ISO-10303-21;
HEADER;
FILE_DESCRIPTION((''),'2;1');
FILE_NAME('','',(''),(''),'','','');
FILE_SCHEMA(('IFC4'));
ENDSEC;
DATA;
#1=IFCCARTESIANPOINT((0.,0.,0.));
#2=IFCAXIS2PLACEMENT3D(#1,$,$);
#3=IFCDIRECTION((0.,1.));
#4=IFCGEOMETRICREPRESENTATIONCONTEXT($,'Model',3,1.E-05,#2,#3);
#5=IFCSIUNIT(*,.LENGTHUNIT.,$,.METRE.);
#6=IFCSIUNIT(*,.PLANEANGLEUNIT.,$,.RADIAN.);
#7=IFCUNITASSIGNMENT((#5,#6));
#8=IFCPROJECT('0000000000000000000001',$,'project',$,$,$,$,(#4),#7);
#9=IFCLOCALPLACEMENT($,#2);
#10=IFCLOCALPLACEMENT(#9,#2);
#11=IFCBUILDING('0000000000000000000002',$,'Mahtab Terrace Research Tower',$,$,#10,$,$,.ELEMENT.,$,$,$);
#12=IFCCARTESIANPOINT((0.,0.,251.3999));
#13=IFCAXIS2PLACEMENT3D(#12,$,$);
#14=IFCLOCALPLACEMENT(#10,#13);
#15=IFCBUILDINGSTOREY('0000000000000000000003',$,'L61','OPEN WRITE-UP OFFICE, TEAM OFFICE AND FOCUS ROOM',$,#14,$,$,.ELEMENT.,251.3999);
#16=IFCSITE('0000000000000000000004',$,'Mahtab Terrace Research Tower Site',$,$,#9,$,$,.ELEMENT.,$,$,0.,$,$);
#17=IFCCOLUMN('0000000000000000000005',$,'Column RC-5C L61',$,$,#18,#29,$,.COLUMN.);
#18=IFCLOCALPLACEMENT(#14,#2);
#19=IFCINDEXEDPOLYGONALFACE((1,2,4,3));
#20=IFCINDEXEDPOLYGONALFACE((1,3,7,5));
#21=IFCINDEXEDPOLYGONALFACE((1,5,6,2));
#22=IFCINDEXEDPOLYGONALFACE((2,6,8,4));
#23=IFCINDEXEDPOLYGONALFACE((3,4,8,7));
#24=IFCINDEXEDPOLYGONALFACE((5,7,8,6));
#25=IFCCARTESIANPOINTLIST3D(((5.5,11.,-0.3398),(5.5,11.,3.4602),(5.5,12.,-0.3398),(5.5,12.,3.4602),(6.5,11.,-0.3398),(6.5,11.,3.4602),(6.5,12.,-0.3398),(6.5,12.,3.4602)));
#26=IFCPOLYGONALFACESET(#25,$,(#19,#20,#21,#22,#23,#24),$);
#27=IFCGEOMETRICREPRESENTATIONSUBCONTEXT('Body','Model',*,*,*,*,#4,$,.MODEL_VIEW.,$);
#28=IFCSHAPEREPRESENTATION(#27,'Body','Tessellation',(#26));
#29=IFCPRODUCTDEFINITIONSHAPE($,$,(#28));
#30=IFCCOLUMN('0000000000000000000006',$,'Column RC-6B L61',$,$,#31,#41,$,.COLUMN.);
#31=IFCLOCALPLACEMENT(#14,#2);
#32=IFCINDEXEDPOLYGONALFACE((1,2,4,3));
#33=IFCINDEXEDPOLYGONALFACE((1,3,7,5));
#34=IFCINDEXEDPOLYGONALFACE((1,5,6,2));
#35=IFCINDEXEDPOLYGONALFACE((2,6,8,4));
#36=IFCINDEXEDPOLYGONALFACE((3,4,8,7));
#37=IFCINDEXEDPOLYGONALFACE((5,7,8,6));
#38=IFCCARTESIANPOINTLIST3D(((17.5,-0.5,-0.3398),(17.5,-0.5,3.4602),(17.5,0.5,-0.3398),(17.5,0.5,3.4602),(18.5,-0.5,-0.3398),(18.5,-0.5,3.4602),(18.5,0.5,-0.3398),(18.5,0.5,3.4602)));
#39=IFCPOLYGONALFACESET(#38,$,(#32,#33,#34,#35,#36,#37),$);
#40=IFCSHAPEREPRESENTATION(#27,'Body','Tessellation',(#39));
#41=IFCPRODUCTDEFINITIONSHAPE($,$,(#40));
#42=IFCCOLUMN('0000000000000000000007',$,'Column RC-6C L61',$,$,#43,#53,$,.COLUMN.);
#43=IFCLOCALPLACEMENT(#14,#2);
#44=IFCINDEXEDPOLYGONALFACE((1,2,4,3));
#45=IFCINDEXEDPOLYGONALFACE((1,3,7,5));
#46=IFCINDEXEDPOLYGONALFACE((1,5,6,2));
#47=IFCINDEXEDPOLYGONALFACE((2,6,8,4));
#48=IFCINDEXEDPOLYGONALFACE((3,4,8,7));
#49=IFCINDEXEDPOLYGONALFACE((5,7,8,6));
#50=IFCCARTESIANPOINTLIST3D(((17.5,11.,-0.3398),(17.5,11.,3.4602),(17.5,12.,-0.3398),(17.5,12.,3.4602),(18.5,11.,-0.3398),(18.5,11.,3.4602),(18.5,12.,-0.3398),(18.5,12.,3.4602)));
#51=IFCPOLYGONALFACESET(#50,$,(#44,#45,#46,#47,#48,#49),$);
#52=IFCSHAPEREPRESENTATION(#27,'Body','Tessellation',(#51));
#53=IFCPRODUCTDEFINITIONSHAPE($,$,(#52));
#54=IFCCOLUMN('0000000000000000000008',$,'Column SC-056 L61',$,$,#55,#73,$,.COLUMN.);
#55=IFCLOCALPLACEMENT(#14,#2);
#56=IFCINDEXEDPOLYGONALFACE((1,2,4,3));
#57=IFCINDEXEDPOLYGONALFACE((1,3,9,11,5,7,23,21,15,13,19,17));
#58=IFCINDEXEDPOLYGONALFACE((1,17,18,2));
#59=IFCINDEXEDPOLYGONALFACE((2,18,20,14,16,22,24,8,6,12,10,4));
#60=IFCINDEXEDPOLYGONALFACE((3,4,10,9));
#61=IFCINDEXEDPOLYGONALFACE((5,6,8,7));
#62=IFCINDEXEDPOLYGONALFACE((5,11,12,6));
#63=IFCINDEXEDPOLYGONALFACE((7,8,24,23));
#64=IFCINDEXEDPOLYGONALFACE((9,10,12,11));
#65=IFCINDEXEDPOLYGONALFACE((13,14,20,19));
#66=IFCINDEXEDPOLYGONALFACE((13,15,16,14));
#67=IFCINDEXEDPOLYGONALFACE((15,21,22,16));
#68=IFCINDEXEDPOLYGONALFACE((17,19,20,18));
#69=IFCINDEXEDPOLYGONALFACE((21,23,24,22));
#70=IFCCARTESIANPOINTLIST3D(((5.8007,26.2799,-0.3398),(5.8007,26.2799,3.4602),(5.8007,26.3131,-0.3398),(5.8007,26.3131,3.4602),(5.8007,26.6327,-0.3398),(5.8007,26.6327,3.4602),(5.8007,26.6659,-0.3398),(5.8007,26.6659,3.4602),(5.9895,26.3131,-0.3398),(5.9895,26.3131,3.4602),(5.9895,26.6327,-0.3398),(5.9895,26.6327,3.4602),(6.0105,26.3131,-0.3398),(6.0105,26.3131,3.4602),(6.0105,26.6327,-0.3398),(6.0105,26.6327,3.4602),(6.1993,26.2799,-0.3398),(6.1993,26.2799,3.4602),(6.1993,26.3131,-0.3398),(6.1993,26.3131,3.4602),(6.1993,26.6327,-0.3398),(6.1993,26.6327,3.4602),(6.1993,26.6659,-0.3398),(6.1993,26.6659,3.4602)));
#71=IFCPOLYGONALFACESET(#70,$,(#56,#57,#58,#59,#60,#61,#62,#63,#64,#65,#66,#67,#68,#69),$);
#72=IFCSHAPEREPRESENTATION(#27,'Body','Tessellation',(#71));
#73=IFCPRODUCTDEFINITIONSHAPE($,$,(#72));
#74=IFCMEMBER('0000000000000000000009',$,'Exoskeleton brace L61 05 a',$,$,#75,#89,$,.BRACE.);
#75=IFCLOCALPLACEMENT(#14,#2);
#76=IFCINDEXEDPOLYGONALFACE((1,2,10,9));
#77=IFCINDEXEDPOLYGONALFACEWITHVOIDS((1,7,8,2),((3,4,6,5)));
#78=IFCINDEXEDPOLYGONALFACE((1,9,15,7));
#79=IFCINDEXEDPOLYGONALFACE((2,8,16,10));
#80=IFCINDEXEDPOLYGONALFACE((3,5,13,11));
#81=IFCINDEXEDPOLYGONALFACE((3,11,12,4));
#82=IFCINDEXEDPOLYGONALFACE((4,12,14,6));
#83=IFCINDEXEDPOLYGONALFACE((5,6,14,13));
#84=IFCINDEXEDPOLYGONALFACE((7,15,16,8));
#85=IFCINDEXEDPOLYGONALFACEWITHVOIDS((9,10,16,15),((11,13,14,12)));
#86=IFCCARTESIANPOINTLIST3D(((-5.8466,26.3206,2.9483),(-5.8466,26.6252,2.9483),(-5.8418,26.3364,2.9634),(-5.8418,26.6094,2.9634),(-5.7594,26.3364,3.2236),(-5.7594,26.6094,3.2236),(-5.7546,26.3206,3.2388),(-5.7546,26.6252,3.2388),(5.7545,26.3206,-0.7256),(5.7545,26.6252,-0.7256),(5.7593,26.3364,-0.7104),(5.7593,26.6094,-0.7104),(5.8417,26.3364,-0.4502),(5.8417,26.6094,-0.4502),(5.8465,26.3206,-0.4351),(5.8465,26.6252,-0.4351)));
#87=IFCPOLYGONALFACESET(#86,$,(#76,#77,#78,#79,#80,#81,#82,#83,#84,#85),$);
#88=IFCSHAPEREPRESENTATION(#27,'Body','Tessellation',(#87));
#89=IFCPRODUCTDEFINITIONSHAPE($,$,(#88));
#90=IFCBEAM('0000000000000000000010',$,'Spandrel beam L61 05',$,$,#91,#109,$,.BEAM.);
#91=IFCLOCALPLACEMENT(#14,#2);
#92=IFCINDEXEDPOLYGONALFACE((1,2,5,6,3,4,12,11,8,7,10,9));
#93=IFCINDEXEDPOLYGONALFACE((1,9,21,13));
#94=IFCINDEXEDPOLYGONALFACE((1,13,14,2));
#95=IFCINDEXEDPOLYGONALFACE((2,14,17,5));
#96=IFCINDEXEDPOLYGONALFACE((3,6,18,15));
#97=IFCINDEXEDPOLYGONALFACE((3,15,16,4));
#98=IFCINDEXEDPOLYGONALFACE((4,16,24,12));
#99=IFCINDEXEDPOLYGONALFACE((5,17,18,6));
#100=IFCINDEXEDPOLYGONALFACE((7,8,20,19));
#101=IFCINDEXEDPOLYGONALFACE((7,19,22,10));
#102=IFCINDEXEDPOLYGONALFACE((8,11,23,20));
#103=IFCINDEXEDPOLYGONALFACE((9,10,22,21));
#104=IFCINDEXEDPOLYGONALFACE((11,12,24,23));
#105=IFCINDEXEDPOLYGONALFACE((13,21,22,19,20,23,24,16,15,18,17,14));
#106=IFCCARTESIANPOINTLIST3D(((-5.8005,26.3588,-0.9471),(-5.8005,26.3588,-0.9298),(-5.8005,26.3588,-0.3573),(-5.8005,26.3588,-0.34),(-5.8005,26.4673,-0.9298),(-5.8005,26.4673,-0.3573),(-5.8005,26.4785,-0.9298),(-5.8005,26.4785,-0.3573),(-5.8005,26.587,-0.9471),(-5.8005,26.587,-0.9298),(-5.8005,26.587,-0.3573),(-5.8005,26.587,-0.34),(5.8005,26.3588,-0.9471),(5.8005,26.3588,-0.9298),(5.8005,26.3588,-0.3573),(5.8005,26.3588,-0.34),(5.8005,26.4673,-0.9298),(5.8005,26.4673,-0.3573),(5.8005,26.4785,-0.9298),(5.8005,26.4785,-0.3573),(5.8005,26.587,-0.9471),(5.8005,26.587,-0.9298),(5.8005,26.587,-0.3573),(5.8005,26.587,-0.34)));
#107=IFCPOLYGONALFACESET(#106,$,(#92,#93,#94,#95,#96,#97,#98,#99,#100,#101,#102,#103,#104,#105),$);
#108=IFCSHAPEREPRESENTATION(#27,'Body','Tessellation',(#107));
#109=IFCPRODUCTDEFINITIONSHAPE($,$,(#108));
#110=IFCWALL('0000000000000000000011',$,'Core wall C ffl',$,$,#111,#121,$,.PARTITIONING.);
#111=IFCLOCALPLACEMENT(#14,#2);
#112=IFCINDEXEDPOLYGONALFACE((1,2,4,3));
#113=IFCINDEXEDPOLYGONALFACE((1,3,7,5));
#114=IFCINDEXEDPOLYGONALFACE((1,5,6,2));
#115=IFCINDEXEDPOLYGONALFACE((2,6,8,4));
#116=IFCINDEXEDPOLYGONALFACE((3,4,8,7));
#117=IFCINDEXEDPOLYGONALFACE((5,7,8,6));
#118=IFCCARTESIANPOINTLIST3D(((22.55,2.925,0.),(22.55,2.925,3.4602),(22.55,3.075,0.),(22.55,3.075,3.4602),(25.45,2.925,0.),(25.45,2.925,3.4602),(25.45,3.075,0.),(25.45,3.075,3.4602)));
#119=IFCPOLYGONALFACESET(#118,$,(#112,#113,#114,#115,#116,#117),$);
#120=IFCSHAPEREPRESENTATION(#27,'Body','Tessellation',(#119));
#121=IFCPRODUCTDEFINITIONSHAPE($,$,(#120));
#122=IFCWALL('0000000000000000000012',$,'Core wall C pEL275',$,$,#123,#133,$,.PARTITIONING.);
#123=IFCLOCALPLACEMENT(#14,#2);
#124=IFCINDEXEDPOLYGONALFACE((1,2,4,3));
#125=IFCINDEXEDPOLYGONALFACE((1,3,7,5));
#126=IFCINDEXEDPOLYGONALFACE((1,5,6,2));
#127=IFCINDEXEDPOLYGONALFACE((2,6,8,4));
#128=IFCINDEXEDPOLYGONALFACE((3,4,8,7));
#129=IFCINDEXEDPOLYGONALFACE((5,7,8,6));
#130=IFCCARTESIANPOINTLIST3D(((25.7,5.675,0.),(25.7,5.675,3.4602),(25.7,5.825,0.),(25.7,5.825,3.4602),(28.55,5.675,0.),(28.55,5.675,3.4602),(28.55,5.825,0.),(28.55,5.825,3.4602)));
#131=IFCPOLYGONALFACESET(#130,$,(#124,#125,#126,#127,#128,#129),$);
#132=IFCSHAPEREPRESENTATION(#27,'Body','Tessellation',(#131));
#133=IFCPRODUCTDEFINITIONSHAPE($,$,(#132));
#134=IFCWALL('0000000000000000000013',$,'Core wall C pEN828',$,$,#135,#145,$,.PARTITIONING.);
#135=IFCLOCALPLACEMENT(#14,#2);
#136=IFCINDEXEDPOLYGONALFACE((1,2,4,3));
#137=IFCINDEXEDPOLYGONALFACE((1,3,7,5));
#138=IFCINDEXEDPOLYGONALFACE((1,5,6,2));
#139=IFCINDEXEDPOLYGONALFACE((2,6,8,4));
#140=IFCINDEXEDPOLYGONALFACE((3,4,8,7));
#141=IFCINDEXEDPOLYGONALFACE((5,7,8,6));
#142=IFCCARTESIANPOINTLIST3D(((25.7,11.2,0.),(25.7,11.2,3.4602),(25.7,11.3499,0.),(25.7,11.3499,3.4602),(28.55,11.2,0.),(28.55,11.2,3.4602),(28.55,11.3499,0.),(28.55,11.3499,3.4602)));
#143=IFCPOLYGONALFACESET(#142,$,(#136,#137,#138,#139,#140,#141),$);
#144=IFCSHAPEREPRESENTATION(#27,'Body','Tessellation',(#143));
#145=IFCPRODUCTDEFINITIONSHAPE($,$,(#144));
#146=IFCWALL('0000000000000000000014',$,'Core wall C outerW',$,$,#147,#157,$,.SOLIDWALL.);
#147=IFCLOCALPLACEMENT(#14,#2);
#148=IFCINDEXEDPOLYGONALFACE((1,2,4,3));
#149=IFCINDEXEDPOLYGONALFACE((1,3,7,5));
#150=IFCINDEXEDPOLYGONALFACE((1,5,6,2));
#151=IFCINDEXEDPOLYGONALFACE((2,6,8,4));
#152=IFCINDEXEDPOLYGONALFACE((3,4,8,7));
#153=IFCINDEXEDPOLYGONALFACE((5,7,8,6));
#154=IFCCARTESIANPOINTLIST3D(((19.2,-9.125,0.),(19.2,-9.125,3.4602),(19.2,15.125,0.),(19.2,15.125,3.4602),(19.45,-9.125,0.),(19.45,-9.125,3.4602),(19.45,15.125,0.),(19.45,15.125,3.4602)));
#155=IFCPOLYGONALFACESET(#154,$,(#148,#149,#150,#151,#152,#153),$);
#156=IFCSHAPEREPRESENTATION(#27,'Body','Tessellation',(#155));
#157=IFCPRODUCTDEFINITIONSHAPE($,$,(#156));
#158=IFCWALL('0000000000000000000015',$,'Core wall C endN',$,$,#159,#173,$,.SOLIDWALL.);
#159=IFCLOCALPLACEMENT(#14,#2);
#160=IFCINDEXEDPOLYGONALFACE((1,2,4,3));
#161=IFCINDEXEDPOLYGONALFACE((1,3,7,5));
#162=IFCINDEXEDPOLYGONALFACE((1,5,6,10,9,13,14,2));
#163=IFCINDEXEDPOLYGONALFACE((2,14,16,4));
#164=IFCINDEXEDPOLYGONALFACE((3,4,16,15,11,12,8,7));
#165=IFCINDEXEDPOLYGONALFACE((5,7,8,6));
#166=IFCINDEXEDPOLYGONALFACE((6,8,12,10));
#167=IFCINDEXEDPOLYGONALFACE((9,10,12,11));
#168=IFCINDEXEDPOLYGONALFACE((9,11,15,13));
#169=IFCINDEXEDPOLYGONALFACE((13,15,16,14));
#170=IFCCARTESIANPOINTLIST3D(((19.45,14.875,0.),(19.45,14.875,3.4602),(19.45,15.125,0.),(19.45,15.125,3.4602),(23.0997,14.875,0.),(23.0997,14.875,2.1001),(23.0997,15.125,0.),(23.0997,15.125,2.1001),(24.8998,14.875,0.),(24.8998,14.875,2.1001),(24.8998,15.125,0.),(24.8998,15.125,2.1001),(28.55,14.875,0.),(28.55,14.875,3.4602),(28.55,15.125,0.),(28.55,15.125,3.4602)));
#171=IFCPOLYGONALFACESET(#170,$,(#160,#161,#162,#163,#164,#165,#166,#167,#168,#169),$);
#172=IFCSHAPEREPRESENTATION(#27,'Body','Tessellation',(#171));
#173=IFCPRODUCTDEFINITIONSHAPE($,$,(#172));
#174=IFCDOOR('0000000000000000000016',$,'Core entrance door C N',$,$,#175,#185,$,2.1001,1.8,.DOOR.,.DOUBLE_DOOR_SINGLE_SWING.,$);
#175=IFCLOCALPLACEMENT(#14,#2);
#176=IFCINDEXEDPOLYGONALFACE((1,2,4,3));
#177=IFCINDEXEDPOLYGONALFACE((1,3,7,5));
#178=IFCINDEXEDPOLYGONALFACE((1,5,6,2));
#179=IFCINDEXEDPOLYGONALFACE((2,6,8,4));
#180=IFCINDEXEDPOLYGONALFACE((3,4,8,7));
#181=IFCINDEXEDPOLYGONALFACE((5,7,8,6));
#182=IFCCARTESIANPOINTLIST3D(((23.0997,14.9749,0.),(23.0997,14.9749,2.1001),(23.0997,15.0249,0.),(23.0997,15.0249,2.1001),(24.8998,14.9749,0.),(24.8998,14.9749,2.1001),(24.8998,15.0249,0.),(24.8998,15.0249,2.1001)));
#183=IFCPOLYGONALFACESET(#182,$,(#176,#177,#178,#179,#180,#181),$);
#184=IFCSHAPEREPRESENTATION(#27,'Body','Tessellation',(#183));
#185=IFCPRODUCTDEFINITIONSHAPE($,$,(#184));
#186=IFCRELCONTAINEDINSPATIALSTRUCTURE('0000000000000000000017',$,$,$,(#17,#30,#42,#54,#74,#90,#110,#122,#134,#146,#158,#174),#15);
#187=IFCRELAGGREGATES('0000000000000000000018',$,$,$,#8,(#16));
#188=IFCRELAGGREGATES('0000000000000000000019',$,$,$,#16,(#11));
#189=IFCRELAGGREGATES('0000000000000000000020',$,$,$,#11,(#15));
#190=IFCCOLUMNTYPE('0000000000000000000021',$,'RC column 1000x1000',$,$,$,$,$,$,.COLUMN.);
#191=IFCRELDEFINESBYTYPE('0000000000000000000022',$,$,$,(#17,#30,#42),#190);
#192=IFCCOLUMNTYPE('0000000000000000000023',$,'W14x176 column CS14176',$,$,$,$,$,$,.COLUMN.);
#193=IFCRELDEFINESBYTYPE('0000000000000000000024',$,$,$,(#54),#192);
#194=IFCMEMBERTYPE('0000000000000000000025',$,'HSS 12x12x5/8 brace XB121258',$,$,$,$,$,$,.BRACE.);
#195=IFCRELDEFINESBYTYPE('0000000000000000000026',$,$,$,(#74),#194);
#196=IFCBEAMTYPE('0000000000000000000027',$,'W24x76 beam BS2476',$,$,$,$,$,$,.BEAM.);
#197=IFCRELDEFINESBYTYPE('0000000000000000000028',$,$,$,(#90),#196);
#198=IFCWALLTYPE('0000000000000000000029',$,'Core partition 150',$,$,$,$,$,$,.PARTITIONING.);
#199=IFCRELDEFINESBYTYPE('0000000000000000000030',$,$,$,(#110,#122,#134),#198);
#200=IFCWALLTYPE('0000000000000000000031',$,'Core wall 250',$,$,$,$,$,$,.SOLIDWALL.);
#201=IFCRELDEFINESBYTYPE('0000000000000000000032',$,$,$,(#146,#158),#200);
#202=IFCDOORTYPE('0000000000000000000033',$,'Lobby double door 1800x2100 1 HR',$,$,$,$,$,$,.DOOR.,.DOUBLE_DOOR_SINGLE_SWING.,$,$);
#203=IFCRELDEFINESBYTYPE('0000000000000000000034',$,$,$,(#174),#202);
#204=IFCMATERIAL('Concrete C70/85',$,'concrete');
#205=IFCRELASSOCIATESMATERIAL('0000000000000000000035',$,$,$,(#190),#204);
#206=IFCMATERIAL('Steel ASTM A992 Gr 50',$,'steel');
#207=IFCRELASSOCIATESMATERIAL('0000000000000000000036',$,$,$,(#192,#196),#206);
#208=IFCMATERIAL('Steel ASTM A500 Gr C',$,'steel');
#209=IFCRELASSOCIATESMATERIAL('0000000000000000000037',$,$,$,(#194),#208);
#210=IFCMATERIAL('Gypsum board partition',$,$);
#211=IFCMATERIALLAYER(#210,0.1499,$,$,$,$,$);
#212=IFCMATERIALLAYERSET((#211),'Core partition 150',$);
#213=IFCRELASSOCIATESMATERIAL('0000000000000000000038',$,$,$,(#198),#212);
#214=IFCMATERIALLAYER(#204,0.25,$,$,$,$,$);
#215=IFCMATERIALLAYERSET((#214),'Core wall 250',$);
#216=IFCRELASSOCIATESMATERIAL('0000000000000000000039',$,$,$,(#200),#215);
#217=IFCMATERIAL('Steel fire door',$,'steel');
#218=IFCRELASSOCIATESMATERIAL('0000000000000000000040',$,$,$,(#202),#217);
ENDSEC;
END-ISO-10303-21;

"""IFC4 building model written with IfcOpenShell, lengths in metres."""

from ifc_helpers import new_model, si_unit, direction, frame, frame_2d, origin, origin_2d, place, context, subcontext, project, spatial, rectangle, hollow_rectangle, i_section, extrude, material, layer, layer_set, material_profile, profile_set, type_object, element, fill, save


model = new_model("IFC4")

# Units and contexts
model_context = context("Model", 3, precision=1e-05, world=origin(), true_north=direction((0.0, 1.0)))
body_context = subcontext(model_context, "Body", "Model", "MODEL_VIEW")
ifc_project = project(units=[si_unit("LENGTHUNIT", "METRE"), si_unit("PLANEANGLEUNIT", "RADIAN")], contexts=[model_context])

# Site, building, storey
site_placement = place(None, origin())
site = spatial("IfcSite", under=ifc_project, at=site_placement, Name="Mahtab Terrace Research Tower Site", CompositionType="ELEMENT", RefElevation=0.0)
building_placement = place(site_placement, origin())
building = spatial("IfcBuilding", under=site, at=building_placement, Name="Mahtab Terrace Research Tower", CompositionType="ELEMENT")
storey_placement = place(building_placement, frame((0.0, 0.0, 251.3999)))
storey = spatial("IfcBuildingStorey", under=building, at=storey_placement, Name="L61", Description="OPEN WRITE-UP OFFICE, TEAM OFFICE AND FOCUS ROOM", CompositionType="ELEMENT", Elevation=251.3999)

# Columns
ifc_material_1 = material(Name="Concrete C70/85", Category="concrete")
ifc_material_profile_1 = material_profile(ifc_material_1, rectangle(XDim=1.0, YDim=1.0, at=origin_2d()), Name="RC column 1000x1000")
ifc_profile_set_1 = profile_set([ifc_material_profile_1], Name="Concrete C70/85")
column_type_1 = type_object("IfcColumnType", Name="RC column 1000x1000", PredefinedType="COLUMN", material=ifc_profile_set_1)
for number, where, z_axis, x_axis, name in (
    (1, (6.0, 11.5, -0.3398), (0.0, 0.0, 1.0), (1.0, 0.0, 0.0), "Column RC-5C L61"),
    (2, (18.0, 0.0, -0.3398), (0.0, 0.0, 1.0), (1.0, 0.0, 0.0), "Column RC-6B L61"),
    (3, (18.0, 11.5, -0.3398), (0.0, 0.0, 1.0), (1.0, 0.0, 0.0), "Column RC-6C L61"),
):
    element("IfcColumn", number, at=place(storey_placement, frame(where, z_axis=z_axis, x_axis=x_axis)), inside=storey, type_object=column_type_1, Name=name, PredefinedType="COLUMN", context=body_context, shape_type="SweptSolid", body=[
        extrude(rectangle(XDim=1.0, YDim=1.0, at=origin_2d()), origin(), (0.0, 0.0, 1.0), 3.8),
    ])
ifc_material_2 = material(Name="Steel ASTM A992 Gr 50", Category="steel")
ifc_material_profile_2 = material_profile(ifc_material_2, i_section(OverallWidth=0.3987, OverallDepth=0.386, WebThickness=0.021, FlangeThickness=0.0332, at=origin_2d()), Name="W14X176")
ifc_profile_set_2 = profile_set([ifc_material_profile_2], Name="Steel ASTM A992 Gr 50")
column_type_2 = type_object("IfcColumnType", Name="W14x176 column CS14176", PredefinedType="COLUMN", material=ifc_profile_set_2)
column_placement = place(storey_placement, frame((6.0, 26.4729, -0.3398), z_axis=(0.0, 0.0, 1.0), x_axis=(1.0, 0.0, 0.0)))
element("IfcColumn", 4, at=column_placement, inside=storey, type_object=column_type_2, Name="Column SC-056 L61", PredefinedType="COLUMN", context=body_context, shape_type="SweptSolid", body=[
    extrude(i_section(OverallWidth=0.3987, OverallDepth=0.386, WebThickness=0.021, FlangeThickness=0.0332, at=origin_2d()), origin(), (0.0, 0.0, 1.0), 3.8),
])

# Member
ifc_material_3 = material(Name="Steel ASTM A500 Gr C", Category="steel")
ifc_material_profile_3 = material_profile(ifc_material_3, hollow_rectangle(XDim=0.3047, YDim=0.3047, WallThickness=0.0159, at=origin_2d()), Name="HSS12X12X5/8")
ifc_profile_set_3 = profile_set([ifc_material_profile_3], Name="Steel ASTM A500 Gr C")
member_type = type_object("IfcMemberType", Name="HSS 12x12x5/8 brace XB121258", PredefinedType="BRACE", material=ifc_profile_set_3)
member_placement = place(storey_placement, frame((5.8005, 26.4729, -0.5803), z_axis=(-0.953339, 0.0, 0.301903), x_axis=(0.0, -1.0, 0.0)))
element("IfcMember", 5, at=member_placement, inside=storey, type_object=member_type, Name="Exoskeleton brace L61 05 a", PredefinedType="BRACE", context=body_context, shape_type="SweptSolid", body=[
    extrude(hollow_rectangle(XDim=0.3047, YDim=0.3047, WallThickness=0.0159, at=origin_2d()), origin(), (0.0, 0.0, 1.0), 12.1689),
])

# Beam
ifc_material_profile_4 = material_profile(ifc_material_2, i_section(OverallWidth=0.2283, OverallDepth=0.6072, WebThickness=0.0112, FlangeThickness=0.0173, at=origin_2d()), Name="W24X76")
ifc_profile_set_4 = profile_set([ifc_material_profile_4], Name="Steel ASTM A992 Gr 50")
beam_type = type_object("IfcBeamType", Name="W24x76 beam BS2476", PredefinedType="BEAM", material=ifc_profile_set_4)
beam_placement = place(storey_placement, frame((5.8005, 26.4729, -0.6436), z_axis=(-1.0, 0.0, 0.0), x_axis=(0.0, -1.0, 0.0)))
element("IfcBeam", 6, at=beam_placement, inside=storey, type_object=beam_type, Name="Spandrel beam L61 05", PredefinedType="BEAM", context=body_context, shape_type="SweptSolid", body=[
    extrude(i_section(OverallWidth=0.2283, OverallDepth=0.6072, WebThickness=0.0112, FlangeThickness=0.0173, at=origin_2d()), origin(), (0.0, 0.0, 1.0), 11.6011),
])

# Walls
ifc_material_4 = material(Name="Gypsum board partition")
ifc_layer_1 = layer(ifc_material_4, 0.1499)
ifc_layer_set_1 = layer_set([ifc_layer_1], Name="Core partition 150")
wall_type_1 = type_object("IfcWallType", Name="Core partition 150", PredefinedType="PARTITIONING", material=ifc_layer_set_1)
wall_1_placement = place(storey_placement, frame((22.55, 3.0, 0.0), z_axis=(0.0, 0.0, 1.0), x_axis=(1.0, 0.0, 0.0)))
element("IfcWall", 7, at=wall_1_placement, inside=storey, type_object=wall_type_1, Name="Core wall C ffl", PredefinedType="PARTITIONING", context=body_context, shape_type="SweptSolid", body=[
    extrude(rectangle(XDim=2.8999, YDim=0.1499, at=frame_2d((1.45, 0.0))), origin(), (0.0, 0.0, 1.0), 3.4602),
])
for number, where, z_axis, x_axis, name in (
    (8, (25.7, 5.75, 0.0), (0.0, 0.0, 1.0), (1.0, 0.0, 0.0), "Core wall C pEL275"),
    (9, (25.7, 11.2749, 0.0), (0.0, 0.0, 1.0), (1.0, 0.0, 0.0), "Core wall C pEN828"),
):
    element("IfcWall", number, at=place(storey_placement, frame(where, z_axis=z_axis, x_axis=x_axis)), inside=storey, type_object=wall_type_1, Name=name, PredefinedType="PARTITIONING", context=body_context, shape_type="SweptSolid", body=[
        extrude(rectangle(XDim=2.8501, YDim=0.1499, at=frame_2d((1.425, 0.0))), origin(), (0.0, 0.0, 1.0), 3.4602),
    ])
ifc_layer_2 = layer(ifc_material_1, 0.25)
ifc_layer_set_2 = layer_set([ifc_layer_2], Name="Core wall 250")
wall_type_2 = type_object("IfcWallType", Name="Core wall 250", PredefinedType="SOLIDWALL", material=ifc_layer_set_2)
wall_2_placement = place(storey_placement, frame((19.325, 15.125, 0.0), z_axis=(0.0, 0.0, 1.0), x_axis=(0.0, -1.0, 0.0)))
element("IfcWall", 10, at=wall_2_placement, inside=storey, type_object=wall_type_2, Name="Core wall C outerW", PredefinedType="SOLIDWALL", context=body_context, shape_type="SweptSolid", body=[
    extrude(rectangle(XDim=24.25, YDim=0.25, at=frame_2d((12.125, 0.0))), origin(), (0.0, 0.0, 1.0), 3.4602),
])

# Wall, opening, door
wall_3_placement = place(storey_placement, frame((19.45, 15.0, 0.0), z_axis=(0.0, 0.0, 1.0), x_axis=(1.0, 0.0, 0.0)))
wall_3 = element("IfcWall", 11, at=wall_3_placement, inside=storey, type_object=wall_type_2, Name="Core wall C endN", PredefinedType="SOLIDWALL", context=body_context, shape_type="SweptSolid", body=[
    extrude(rectangle(XDim=9.1001, YDim=0.25, at=frame_2d((4.55, 0.0))), origin(), (0.0, 0.0, 1.0), 3.4602),
])
opening_1_placement = place(wall_3_placement, frame((3.6499, 0.0, 0.0)))
opening_1 = element("IfcOpeningElement", 12, at=opening_1_placement, cuts=wall_3, PredefinedType="OPENING", context=body_context, shape_type="SweptSolid", body=[
    extrude(rectangle(XDim=1.8, YDim=2.1001, at=frame_2d((0.8999, 1.05))), frame((0.0, 0.135, 0.0), z_axis=(0.0, -1.0, 0.0), x_axis=(1.0, 0.0, 0.0)), (0.0, 0.0, 1.0), 0.27),
])
ifc_material_5 = material(Name="Steel fire door", Category="steel")
door_type_1 = type_object("IfcDoorType", Name="Lobby double door 1800x2100 1 HR", OperationType="DOUBLE_DOOR_SINGLE_SWING", PredefinedType="DOOR", material=ifc_material_5)
door_1_placement = place(opening_1_placement, origin())
door_1 = element("IfcDoor", 13, at=door_1_placement, inside=storey, type_object=door_type_1, Name="Core entrance door C N", OperationType="DOUBLE_DOOR_SINGLE_SWING", OverallHeight=2.1001, OverallWidth=1.8, PredefinedType="DOOR", context=body_context, shape_type="SweptSolid", body=[
    extrude(rectangle(XDim=1.8, YDim=2.1001, at=frame_2d((0.8999, 1.05))), frame((0.0, 0.0249, 0.0), z_axis=(0.0, -1.0, 0.0), x_axis=(1.0, 0.0, 0.0)), (0.0, 0.0, 1.0), 0.05),
])
fill(opening_1, door_1)

save(model, "model.ifc")
